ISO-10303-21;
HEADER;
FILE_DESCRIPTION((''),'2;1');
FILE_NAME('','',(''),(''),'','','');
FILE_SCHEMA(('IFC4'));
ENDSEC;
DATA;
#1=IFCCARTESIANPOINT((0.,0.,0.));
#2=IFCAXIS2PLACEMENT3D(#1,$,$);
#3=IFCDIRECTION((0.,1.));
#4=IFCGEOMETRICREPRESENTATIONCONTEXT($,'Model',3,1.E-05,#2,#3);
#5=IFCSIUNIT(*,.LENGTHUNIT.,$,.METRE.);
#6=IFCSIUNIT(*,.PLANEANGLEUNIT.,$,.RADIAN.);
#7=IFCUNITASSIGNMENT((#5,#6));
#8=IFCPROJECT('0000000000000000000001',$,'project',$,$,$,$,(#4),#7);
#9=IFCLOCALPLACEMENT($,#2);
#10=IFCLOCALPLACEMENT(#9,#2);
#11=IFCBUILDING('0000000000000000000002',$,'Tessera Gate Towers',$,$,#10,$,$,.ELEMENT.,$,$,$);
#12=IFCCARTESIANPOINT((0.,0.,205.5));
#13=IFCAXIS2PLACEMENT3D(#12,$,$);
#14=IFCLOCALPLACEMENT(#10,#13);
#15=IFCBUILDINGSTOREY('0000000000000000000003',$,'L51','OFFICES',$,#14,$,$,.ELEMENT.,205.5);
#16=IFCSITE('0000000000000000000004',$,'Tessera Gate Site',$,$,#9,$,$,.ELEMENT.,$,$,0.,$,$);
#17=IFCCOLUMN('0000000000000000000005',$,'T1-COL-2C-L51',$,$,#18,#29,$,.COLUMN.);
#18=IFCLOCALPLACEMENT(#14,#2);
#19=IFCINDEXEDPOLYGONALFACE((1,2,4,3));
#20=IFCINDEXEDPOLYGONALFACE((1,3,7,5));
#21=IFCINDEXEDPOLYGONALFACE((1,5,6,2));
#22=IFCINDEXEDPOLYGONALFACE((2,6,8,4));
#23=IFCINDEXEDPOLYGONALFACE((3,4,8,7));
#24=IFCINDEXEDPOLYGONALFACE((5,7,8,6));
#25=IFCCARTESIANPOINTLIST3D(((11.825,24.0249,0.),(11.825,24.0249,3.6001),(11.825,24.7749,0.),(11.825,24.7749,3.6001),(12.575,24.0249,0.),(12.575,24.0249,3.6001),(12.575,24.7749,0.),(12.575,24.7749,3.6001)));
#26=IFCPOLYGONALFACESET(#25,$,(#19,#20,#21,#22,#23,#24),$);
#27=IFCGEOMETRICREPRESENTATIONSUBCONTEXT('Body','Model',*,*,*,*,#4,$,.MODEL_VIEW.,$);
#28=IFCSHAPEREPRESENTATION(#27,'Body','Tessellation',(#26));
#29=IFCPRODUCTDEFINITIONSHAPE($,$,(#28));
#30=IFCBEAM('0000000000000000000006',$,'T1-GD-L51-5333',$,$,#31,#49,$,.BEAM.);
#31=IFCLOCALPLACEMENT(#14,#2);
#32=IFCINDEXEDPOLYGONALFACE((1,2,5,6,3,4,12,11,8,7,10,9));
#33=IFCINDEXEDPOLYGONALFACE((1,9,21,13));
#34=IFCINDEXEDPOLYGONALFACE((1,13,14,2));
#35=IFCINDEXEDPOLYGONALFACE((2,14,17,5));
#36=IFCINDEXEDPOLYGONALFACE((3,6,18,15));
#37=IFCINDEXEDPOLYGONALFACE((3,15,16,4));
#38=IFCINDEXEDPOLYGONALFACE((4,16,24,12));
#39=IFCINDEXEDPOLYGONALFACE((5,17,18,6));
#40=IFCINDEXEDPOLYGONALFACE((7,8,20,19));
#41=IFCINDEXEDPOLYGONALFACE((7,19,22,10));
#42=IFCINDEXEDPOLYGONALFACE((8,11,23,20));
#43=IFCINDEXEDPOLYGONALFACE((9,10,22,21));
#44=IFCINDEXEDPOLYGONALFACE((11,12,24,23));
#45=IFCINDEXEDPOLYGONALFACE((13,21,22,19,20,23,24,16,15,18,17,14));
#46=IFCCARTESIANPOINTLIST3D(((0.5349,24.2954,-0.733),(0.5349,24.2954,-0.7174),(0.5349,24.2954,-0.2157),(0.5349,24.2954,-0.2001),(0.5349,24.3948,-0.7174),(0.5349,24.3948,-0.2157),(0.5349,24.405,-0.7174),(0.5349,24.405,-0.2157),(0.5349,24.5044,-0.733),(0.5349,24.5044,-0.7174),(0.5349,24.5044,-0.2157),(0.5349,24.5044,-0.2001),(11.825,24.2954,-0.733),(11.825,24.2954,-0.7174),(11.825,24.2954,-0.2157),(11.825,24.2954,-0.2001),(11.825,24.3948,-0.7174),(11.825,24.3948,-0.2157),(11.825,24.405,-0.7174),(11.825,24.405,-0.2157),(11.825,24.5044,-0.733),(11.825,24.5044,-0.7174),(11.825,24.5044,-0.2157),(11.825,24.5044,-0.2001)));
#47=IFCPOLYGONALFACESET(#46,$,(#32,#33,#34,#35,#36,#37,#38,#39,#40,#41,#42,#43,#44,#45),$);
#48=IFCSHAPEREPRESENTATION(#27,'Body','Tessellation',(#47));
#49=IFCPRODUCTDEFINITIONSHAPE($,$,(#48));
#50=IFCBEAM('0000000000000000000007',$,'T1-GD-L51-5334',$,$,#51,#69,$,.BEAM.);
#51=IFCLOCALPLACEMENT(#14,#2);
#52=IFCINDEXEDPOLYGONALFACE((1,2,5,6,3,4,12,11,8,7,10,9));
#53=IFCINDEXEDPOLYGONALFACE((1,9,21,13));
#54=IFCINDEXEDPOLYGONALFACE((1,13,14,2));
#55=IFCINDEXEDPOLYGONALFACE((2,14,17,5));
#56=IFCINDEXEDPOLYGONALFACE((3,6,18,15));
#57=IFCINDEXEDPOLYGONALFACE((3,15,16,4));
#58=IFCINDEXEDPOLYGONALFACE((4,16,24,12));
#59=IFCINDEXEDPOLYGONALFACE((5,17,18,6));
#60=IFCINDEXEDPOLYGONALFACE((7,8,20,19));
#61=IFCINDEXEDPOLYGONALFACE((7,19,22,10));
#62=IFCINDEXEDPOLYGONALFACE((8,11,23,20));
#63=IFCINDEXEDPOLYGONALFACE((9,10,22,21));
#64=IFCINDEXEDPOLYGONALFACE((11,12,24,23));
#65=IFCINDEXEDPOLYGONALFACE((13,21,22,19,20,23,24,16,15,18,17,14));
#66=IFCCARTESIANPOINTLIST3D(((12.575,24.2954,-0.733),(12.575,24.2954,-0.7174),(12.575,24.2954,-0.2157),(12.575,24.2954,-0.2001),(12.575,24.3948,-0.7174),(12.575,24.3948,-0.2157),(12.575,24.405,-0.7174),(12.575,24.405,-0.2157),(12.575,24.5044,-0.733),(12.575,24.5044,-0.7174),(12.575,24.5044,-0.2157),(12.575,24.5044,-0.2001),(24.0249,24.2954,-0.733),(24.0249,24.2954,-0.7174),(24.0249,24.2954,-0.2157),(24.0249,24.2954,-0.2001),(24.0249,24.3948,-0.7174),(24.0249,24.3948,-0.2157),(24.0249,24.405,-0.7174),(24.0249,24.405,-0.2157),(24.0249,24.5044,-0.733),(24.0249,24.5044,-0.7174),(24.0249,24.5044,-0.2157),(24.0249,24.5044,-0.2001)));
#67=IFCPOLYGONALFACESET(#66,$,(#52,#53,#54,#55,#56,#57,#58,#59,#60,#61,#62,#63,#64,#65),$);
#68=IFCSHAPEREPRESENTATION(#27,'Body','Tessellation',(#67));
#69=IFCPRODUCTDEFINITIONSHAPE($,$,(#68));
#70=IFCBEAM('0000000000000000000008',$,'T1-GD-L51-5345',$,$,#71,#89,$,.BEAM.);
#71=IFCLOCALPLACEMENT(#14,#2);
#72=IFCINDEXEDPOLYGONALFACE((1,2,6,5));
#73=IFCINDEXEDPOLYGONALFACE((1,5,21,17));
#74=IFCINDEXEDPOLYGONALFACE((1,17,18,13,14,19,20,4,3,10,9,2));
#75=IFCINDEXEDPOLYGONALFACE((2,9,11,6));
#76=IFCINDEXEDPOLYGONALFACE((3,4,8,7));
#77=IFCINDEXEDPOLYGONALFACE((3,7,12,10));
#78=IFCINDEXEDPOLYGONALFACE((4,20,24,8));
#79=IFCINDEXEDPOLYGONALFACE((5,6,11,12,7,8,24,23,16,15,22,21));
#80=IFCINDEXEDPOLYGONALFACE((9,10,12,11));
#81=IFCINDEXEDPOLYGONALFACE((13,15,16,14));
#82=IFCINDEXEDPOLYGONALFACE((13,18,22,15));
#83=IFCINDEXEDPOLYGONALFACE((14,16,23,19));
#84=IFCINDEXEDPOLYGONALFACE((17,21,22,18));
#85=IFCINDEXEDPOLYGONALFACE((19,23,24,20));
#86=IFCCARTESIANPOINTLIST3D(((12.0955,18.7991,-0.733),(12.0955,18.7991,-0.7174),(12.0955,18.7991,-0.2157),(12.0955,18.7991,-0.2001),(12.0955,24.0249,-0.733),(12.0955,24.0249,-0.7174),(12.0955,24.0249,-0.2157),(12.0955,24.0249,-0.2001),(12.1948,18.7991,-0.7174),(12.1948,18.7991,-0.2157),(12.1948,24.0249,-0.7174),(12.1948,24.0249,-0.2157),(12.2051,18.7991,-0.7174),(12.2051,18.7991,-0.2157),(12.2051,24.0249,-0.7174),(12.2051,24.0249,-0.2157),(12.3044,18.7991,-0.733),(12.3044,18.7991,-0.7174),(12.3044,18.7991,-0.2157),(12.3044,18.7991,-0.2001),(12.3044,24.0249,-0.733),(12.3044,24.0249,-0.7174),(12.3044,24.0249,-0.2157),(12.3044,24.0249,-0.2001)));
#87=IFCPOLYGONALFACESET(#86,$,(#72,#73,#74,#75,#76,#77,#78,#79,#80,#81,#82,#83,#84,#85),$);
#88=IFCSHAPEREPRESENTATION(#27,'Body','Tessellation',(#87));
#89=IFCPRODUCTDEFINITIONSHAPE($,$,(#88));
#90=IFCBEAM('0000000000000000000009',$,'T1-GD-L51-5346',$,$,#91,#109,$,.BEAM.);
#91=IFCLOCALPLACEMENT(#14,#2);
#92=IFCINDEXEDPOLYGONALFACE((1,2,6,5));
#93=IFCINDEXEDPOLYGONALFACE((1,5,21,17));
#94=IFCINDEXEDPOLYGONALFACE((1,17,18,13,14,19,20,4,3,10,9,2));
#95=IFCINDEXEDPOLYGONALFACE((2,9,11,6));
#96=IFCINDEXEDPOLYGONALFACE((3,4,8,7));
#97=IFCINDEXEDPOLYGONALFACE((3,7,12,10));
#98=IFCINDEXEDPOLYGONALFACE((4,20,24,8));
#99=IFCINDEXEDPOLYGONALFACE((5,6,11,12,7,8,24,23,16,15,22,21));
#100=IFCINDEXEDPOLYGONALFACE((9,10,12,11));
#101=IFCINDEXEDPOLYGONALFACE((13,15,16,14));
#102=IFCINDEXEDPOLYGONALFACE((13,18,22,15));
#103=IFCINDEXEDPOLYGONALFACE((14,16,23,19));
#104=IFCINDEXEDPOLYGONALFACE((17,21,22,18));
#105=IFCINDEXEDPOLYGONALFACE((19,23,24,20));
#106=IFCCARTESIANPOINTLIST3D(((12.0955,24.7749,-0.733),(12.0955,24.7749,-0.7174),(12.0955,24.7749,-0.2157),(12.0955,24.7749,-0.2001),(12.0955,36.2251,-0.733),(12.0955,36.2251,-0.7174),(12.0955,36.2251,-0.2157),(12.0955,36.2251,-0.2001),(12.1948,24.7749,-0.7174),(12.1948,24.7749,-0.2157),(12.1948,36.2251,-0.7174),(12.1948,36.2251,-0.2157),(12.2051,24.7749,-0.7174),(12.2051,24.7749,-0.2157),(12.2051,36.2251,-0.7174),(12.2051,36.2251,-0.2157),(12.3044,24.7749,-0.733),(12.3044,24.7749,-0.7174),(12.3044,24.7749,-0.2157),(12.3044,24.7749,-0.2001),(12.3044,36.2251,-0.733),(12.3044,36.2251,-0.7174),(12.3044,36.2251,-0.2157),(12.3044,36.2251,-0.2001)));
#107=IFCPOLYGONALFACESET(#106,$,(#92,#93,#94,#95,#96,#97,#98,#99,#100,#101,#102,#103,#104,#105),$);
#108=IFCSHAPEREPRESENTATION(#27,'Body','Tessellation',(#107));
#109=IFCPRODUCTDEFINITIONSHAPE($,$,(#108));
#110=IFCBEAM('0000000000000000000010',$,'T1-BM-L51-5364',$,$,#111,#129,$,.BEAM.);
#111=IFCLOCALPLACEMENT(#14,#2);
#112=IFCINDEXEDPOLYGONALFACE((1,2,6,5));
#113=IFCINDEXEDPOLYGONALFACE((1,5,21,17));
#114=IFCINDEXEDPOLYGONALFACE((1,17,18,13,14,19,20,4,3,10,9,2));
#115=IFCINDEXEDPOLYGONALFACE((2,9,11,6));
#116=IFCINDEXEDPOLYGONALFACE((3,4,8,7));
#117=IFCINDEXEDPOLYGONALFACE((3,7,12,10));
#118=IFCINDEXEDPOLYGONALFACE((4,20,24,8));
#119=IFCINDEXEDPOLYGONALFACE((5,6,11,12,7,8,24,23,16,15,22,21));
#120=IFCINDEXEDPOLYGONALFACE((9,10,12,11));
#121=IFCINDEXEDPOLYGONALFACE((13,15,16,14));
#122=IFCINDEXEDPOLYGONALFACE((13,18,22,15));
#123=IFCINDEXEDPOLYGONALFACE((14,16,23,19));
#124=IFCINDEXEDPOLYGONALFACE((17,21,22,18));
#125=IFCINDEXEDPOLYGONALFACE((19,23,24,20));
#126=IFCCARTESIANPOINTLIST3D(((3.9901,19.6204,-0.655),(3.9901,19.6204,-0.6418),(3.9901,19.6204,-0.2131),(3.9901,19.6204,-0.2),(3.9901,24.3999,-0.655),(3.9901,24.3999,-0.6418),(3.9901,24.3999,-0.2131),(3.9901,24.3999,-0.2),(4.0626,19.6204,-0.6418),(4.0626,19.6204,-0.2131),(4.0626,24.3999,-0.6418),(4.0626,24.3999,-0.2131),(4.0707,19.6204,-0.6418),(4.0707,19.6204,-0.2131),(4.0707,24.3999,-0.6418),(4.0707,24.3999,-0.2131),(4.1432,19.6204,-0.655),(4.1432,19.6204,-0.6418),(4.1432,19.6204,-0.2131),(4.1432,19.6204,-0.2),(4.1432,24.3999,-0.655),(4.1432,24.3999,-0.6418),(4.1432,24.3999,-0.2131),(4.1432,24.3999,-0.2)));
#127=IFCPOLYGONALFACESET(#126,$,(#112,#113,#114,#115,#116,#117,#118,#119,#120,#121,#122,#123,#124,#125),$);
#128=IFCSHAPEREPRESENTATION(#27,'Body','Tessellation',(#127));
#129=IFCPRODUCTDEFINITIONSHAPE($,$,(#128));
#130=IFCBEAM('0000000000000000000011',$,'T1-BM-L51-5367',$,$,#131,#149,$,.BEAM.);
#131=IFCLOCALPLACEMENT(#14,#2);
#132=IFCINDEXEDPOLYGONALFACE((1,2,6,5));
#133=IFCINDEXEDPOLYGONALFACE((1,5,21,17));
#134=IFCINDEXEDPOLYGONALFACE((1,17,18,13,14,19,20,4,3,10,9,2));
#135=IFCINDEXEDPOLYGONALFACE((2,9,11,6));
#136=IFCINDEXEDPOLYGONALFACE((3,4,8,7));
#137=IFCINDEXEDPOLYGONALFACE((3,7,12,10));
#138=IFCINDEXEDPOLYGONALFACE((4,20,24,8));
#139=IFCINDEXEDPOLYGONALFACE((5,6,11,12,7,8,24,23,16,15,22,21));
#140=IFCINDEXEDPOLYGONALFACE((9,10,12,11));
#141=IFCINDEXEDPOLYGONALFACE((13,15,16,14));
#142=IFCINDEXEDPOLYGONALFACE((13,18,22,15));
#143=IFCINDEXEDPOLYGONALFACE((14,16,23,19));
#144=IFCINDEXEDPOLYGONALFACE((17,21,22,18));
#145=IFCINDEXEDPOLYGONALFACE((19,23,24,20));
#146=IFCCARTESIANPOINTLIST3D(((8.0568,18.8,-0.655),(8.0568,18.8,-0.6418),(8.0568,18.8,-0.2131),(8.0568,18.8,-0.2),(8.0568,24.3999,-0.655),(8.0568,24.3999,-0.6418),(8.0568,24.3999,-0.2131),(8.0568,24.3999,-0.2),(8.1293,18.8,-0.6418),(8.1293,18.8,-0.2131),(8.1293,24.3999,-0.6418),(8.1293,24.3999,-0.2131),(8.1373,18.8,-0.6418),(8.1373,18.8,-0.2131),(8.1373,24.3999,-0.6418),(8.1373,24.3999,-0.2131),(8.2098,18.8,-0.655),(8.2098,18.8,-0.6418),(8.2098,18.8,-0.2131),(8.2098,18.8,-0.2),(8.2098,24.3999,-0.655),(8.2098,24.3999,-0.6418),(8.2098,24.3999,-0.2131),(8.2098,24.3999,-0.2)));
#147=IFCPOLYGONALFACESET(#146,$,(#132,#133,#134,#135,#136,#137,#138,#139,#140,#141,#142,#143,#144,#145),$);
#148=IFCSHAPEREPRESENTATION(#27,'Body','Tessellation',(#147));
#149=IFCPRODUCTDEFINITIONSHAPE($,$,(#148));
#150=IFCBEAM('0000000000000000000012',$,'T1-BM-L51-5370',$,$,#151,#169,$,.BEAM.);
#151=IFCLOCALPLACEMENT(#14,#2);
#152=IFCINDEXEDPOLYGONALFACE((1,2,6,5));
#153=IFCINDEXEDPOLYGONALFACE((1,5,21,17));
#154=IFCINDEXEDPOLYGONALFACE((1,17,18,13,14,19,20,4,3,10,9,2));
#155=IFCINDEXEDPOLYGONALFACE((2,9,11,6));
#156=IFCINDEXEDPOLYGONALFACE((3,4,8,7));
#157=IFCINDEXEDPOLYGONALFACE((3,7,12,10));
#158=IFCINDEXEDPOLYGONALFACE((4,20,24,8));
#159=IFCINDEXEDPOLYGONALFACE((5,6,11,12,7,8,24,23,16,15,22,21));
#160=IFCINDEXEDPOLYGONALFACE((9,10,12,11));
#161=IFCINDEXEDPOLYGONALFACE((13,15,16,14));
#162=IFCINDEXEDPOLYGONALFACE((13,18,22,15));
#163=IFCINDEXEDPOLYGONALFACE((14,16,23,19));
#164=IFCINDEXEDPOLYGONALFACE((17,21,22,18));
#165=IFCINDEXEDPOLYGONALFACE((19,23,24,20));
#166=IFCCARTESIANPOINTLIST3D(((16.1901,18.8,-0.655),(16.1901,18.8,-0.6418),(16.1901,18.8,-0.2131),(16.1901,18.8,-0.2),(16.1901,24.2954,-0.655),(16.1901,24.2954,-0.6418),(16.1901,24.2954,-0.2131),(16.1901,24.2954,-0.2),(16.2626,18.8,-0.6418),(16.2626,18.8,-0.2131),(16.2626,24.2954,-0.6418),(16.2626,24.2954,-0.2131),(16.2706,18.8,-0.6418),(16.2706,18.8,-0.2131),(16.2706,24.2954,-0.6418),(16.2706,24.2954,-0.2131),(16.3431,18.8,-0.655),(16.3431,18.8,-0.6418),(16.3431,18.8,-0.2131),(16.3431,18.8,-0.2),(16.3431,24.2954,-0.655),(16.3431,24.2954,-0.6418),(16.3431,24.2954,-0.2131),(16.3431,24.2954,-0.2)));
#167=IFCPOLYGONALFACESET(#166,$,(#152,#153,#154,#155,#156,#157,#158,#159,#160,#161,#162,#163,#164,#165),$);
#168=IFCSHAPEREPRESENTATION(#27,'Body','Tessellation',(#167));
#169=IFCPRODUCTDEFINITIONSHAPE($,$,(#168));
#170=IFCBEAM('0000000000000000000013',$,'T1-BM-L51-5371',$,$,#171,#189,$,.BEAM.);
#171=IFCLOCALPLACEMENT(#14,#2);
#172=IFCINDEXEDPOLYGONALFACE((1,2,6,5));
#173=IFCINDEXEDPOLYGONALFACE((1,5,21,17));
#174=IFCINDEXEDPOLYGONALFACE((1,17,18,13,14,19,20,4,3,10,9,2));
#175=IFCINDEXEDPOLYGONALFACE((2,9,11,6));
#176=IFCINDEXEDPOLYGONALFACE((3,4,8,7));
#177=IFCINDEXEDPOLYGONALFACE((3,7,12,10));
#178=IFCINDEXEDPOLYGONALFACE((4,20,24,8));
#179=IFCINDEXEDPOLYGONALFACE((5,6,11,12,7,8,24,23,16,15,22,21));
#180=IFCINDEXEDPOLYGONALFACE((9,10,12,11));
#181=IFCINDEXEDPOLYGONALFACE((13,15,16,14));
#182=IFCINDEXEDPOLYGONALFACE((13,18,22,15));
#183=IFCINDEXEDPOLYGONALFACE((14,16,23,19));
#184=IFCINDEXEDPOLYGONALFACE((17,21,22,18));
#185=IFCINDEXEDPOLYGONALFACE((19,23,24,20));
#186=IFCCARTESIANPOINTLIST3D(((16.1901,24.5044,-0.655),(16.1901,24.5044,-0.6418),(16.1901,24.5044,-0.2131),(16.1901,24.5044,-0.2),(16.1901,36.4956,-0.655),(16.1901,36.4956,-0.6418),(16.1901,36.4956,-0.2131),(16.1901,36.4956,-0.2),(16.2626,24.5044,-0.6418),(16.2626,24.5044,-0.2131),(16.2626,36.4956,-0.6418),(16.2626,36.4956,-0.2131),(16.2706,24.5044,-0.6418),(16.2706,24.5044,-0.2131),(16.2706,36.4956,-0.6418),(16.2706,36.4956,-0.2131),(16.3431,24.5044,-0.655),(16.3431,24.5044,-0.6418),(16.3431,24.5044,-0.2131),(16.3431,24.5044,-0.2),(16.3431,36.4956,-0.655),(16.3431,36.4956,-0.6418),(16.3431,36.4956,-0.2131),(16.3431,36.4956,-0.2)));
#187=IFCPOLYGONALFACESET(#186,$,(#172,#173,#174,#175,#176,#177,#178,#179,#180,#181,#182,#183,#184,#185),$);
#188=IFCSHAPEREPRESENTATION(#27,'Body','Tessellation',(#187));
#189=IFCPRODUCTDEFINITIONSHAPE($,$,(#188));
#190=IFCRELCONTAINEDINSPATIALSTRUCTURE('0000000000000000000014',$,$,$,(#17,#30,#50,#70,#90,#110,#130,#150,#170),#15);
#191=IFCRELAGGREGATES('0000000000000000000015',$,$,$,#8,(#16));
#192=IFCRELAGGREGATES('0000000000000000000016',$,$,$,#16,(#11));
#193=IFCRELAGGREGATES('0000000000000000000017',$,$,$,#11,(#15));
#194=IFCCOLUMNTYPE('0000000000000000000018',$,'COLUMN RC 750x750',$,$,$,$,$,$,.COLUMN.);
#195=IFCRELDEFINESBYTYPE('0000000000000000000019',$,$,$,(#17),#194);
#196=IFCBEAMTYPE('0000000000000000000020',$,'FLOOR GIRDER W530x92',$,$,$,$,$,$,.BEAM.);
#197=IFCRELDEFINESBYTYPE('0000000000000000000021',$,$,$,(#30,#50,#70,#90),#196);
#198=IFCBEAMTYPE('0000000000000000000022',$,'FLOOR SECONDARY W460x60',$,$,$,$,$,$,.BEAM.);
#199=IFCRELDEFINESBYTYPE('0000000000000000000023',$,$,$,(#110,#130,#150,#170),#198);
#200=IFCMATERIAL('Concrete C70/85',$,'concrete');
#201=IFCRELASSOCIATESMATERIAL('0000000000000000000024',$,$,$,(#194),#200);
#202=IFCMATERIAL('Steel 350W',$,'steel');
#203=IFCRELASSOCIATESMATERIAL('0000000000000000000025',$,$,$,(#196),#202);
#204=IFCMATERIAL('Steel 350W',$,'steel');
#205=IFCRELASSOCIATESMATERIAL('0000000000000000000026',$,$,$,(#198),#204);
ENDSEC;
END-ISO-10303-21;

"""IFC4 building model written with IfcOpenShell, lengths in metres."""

from ifc_helpers import new_model, si_unit, direction, frame, origin, origin_2d, place, context, subcontext, project, spatial, rectangle, i_section, extrude, material, material_profile, profile_set, type_object, element, save


model = new_model("IFC4")

# Units and contexts
model_context = context("Model", 3, precision=1e-05, world=origin(), true_north=direction((0.0, 1.0)))
body_context = subcontext(model_context, "Body", "Model", "MODEL_VIEW")
ifc_project = project(units=[si_unit("LENGTHUNIT", "METRE"), si_unit("PLANEANGLEUNIT", "RADIAN")], contexts=[model_context])

# Site, building, storey
site_placement = place(None, origin())
site = spatial("IfcSite", under=ifc_project, at=site_placement, Name="Tessera Gate Site", CompositionType="ELEMENT", RefElevation=0.0)
building_placement = place(site_placement, origin())
building = spatial("IfcBuilding", under=site, at=building_placement, Name="Tessera Gate Towers", CompositionType="ELEMENT")
storey_placement = place(building_placement, frame((0.0, 0.0, 205.5)))
storey = spatial("IfcBuildingStorey", under=building, at=storey_placement, Name="L51", Description="OFFICES", CompositionType="ELEMENT", Elevation=205.5)

# Column
ifc_material_1 = material(Name="Concrete C70/85", Category="concrete")
ifc_material_profile_1 = material_profile(ifc_material_1, rectangle(XDim=0.75, YDim=0.75, at=origin_2d()), Name="RC 750x750")
ifc_profile_set_1 = profile_set([ifc_material_profile_1], Name="Concrete C70/85")
column_type = type_object("IfcColumnType", Name="COLUMN RC 750x750", PredefinedType="COLUMN", material=ifc_profile_set_1)
column_placement = place(storey_placement, frame((12.2, 24.3999, 0.0), z_axis=(0.0, 0.0, 1.0), x_axis=(1.0, 0.0, 0.0)))
element("IfcColumn", 1, at=column_placement, inside=storey, type_object=column_type, Name="T1-COL-2C-L51", PredefinedType="COLUMN", context=body_context, shape_type="SweptSolid", body=[
    extrude(rectangle(XDim=0.75, YDim=0.75, at=origin_2d()), origin(), (0.0, 0.0, 1.0), 3.6001),
])

# Beams
ifc_material_2 = material(Name="Steel 350W", Category="steel")
ifc_material_profile_2 = material_profile(ifc_material_2, i_section(OverallWidth=0.209, OverallDepth=0.533, WebThickness=0.0103, FlangeThickness=0.0156, at=origin_2d()), Name="W530x92")
ifc_profile_set_2 = profile_set([ifc_material_profile_2], Name="Steel 350W")
beam_type_1 = type_object("IfcBeamType", Name="FLOOR GIRDER W530x92", PredefinedType="BEAM", material=ifc_profile_set_2)
beam_1_placement = place(storey_placement, frame((0.5349, 24.3999, -0.4666), z_axis=(1.0, 0.0, 0.0), x_axis=(0.0, 1.0, 0.0)))
element("IfcBeam", 2, at=beam_1_placement, inside=storey, type_object=beam_type_1, Name="T1-GD-L51-5333", PredefinedType="BEAM", context=body_context, shape_type="SweptSolid", body=[
    extrude(i_section(OverallWidth=0.209, OverallDepth=0.533, WebThickness=0.0103, FlangeThickness=0.0156, at=origin_2d()), origin(), (0.0, 0.0, 1.0), 11.29),
])
beam_2_placement = place(storey_placement, frame((12.575, 24.3999, -0.4666), z_axis=(1.0, 0.0, 0.0), x_axis=(0.0, 1.0, 0.0)))
element("IfcBeam", 3, at=beam_2_placement, inside=storey, type_object=beam_type_1, Name="T1-GD-L51-5334", PredefinedType="BEAM", context=body_context, shape_type="SweptSolid", body=[
    extrude(i_section(OverallWidth=0.209, OverallDepth=0.533, WebThickness=0.0103, FlangeThickness=0.0156, at=origin_2d()), origin(), (0.0, 0.0, 1.0), 11.45),
])
beam_3_placement = place(storey_placement, frame((12.2, 18.7991, -0.4666), z_axis=(0.0, 1.0, 0.0), x_axis=(-1.0, 0.0, 0.0)))
element("IfcBeam", 4, at=beam_3_placement, inside=storey, type_object=beam_type_1, Name="T1-GD-L51-5345", PredefinedType="BEAM", context=body_context, shape_type="SweptSolid", body=[
    extrude(i_section(OverallWidth=0.209, OverallDepth=0.533, WebThickness=0.0103, FlangeThickness=0.0156, at=origin_2d()), origin(), (0.0, 0.0, 1.0), 5.2258),
])
beam_4_placement = place(storey_placement, frame((12.2, 24.7749, -0.4666), z_axis=(0.0, 1.0, 0.0), x_axis=(-1.0, 0.0, 0.0)))
element("IfcBeam", 5, at=beam_4_placement, inside=storey, type_object=beam_type_1, Name="T1-GD-L51-5346", PredefinedType="BEAM", context=body_context, shape_type="SweptSolid", body=[
    extrude(i_section(OverallWidth=0.209, OverallDepth=0.533, WebThickness=0.0103, FlangeThickness=0.0156, at=origin_2d()), origin(), (0.0, 0.0, 1.0), 11.4502),
])
ifc_material_3 = material(Name="Steel 350W", Category="steel")
ifc_material_profile_3 = material_profile(ifc_material_3, i_section(OverallWidth=0.1531, OverallDepth=0.4551, WebThickness=0.0081, FlangeThickness=0.0132, at=origin_2d()), Name="W460x60")
ifc_profile_set_3 = profile_set([ifc_material_profile_3], Name="Steel 350W")
beam_type_2 = type_object("IfcBeamType", Name="FLOOR SECONDARY W460x60", PredefinedType="BEAM", material=ifc_profile_set_3)
beam_5_placement = place(storey_placement, frame((4.0667, 19.6204, -0.4275), z_axis=(0.0, 1.0, 0.0), x_axis=(-1.0, 0.0, 0.0)))
element("IfcBeam", 6, at=beam_5_placement, inside=storey, type_object=beam_type_2, Name="T1-BM-L51-5364", PredefinedType="BEAM", context=body_context, shape_type="SweptSolid", body=[
    extrude(i_section(OverallWidth=0.1531, OverallDepth=0.4551, WebThickness=0.0081, FlangeThickness=0.0132, at=origin_2d()), origin(), (0.0, 0.0, 1.0), 4.7795),
])
beam_6_placement = place(storey_placement, frame((8.1333, 18.8, -0.4275), z_axis=(0.0, 1.0, 0.0), x_axis=(-1.0, 0.0, 0.0)))
element("IfcBeam", 7, at=beam_6_placement, inside=storey, type_object=beam_type_2, Name="T1-BM-L51-5367", PredefinedType="BEAM", context=body_context, shape_type="SweptSolid", body=[
    extrude(i_section(OverallWidth=0.1531, OverallDepth=0.4551, WebThickness=0.0081, FlangeThickness=0.0132, at=origin_2d()), origin(), (0.0, 0.0, 1.0), 5.5999),
])
beam_7_placement = place(storey_placement, frame((16.2666, 18.8, -0.4275), z_axis=(0.0, 1.0, 0.0), x_axis=(-1.0, 0.0, 0.0)))
element("IfcBeam", 8, at=beam_7_placement, inside=storey, type_object=beam_type_2, Name="T1-BM-L51-5370", PredefinedType="BEAM", context=body_context, shape_type="SweptSolid", body=[
    extrude(i_section(OverallWidth=0.1531, OverallDepth=0.4551, WebThickness=0.0081, FlangeThickness=0.0132, at=origin_2d()), origin(), (0.0, 0.0, 1.0), 5.4954),
])
beam_8_placement = place(storey_placement, frame((16.2666, 24.5044, -0.4275), z_axis=(0.0, 1.0, 0.0), x_axis=(-1.0, 0.0, 0.0)))
element("IfcBeam", 9, at=beam_8_placement, inside=storey, type_object=beam_type_2, Name="T1-BM-L51-5371", PredefinedType="BEAM", context=body_context, shape_type="SweptSolid", body=[
    extrude(i_section(OverallWidth=0.1531, OverallDepth=0.4551, WebThickness=0.0081, FlangeThickness=0.0132, at=origin_2d()), origin(), (0.0, 0.0, 1.0), 11.9912),
])

save(model, "model.ifc")
